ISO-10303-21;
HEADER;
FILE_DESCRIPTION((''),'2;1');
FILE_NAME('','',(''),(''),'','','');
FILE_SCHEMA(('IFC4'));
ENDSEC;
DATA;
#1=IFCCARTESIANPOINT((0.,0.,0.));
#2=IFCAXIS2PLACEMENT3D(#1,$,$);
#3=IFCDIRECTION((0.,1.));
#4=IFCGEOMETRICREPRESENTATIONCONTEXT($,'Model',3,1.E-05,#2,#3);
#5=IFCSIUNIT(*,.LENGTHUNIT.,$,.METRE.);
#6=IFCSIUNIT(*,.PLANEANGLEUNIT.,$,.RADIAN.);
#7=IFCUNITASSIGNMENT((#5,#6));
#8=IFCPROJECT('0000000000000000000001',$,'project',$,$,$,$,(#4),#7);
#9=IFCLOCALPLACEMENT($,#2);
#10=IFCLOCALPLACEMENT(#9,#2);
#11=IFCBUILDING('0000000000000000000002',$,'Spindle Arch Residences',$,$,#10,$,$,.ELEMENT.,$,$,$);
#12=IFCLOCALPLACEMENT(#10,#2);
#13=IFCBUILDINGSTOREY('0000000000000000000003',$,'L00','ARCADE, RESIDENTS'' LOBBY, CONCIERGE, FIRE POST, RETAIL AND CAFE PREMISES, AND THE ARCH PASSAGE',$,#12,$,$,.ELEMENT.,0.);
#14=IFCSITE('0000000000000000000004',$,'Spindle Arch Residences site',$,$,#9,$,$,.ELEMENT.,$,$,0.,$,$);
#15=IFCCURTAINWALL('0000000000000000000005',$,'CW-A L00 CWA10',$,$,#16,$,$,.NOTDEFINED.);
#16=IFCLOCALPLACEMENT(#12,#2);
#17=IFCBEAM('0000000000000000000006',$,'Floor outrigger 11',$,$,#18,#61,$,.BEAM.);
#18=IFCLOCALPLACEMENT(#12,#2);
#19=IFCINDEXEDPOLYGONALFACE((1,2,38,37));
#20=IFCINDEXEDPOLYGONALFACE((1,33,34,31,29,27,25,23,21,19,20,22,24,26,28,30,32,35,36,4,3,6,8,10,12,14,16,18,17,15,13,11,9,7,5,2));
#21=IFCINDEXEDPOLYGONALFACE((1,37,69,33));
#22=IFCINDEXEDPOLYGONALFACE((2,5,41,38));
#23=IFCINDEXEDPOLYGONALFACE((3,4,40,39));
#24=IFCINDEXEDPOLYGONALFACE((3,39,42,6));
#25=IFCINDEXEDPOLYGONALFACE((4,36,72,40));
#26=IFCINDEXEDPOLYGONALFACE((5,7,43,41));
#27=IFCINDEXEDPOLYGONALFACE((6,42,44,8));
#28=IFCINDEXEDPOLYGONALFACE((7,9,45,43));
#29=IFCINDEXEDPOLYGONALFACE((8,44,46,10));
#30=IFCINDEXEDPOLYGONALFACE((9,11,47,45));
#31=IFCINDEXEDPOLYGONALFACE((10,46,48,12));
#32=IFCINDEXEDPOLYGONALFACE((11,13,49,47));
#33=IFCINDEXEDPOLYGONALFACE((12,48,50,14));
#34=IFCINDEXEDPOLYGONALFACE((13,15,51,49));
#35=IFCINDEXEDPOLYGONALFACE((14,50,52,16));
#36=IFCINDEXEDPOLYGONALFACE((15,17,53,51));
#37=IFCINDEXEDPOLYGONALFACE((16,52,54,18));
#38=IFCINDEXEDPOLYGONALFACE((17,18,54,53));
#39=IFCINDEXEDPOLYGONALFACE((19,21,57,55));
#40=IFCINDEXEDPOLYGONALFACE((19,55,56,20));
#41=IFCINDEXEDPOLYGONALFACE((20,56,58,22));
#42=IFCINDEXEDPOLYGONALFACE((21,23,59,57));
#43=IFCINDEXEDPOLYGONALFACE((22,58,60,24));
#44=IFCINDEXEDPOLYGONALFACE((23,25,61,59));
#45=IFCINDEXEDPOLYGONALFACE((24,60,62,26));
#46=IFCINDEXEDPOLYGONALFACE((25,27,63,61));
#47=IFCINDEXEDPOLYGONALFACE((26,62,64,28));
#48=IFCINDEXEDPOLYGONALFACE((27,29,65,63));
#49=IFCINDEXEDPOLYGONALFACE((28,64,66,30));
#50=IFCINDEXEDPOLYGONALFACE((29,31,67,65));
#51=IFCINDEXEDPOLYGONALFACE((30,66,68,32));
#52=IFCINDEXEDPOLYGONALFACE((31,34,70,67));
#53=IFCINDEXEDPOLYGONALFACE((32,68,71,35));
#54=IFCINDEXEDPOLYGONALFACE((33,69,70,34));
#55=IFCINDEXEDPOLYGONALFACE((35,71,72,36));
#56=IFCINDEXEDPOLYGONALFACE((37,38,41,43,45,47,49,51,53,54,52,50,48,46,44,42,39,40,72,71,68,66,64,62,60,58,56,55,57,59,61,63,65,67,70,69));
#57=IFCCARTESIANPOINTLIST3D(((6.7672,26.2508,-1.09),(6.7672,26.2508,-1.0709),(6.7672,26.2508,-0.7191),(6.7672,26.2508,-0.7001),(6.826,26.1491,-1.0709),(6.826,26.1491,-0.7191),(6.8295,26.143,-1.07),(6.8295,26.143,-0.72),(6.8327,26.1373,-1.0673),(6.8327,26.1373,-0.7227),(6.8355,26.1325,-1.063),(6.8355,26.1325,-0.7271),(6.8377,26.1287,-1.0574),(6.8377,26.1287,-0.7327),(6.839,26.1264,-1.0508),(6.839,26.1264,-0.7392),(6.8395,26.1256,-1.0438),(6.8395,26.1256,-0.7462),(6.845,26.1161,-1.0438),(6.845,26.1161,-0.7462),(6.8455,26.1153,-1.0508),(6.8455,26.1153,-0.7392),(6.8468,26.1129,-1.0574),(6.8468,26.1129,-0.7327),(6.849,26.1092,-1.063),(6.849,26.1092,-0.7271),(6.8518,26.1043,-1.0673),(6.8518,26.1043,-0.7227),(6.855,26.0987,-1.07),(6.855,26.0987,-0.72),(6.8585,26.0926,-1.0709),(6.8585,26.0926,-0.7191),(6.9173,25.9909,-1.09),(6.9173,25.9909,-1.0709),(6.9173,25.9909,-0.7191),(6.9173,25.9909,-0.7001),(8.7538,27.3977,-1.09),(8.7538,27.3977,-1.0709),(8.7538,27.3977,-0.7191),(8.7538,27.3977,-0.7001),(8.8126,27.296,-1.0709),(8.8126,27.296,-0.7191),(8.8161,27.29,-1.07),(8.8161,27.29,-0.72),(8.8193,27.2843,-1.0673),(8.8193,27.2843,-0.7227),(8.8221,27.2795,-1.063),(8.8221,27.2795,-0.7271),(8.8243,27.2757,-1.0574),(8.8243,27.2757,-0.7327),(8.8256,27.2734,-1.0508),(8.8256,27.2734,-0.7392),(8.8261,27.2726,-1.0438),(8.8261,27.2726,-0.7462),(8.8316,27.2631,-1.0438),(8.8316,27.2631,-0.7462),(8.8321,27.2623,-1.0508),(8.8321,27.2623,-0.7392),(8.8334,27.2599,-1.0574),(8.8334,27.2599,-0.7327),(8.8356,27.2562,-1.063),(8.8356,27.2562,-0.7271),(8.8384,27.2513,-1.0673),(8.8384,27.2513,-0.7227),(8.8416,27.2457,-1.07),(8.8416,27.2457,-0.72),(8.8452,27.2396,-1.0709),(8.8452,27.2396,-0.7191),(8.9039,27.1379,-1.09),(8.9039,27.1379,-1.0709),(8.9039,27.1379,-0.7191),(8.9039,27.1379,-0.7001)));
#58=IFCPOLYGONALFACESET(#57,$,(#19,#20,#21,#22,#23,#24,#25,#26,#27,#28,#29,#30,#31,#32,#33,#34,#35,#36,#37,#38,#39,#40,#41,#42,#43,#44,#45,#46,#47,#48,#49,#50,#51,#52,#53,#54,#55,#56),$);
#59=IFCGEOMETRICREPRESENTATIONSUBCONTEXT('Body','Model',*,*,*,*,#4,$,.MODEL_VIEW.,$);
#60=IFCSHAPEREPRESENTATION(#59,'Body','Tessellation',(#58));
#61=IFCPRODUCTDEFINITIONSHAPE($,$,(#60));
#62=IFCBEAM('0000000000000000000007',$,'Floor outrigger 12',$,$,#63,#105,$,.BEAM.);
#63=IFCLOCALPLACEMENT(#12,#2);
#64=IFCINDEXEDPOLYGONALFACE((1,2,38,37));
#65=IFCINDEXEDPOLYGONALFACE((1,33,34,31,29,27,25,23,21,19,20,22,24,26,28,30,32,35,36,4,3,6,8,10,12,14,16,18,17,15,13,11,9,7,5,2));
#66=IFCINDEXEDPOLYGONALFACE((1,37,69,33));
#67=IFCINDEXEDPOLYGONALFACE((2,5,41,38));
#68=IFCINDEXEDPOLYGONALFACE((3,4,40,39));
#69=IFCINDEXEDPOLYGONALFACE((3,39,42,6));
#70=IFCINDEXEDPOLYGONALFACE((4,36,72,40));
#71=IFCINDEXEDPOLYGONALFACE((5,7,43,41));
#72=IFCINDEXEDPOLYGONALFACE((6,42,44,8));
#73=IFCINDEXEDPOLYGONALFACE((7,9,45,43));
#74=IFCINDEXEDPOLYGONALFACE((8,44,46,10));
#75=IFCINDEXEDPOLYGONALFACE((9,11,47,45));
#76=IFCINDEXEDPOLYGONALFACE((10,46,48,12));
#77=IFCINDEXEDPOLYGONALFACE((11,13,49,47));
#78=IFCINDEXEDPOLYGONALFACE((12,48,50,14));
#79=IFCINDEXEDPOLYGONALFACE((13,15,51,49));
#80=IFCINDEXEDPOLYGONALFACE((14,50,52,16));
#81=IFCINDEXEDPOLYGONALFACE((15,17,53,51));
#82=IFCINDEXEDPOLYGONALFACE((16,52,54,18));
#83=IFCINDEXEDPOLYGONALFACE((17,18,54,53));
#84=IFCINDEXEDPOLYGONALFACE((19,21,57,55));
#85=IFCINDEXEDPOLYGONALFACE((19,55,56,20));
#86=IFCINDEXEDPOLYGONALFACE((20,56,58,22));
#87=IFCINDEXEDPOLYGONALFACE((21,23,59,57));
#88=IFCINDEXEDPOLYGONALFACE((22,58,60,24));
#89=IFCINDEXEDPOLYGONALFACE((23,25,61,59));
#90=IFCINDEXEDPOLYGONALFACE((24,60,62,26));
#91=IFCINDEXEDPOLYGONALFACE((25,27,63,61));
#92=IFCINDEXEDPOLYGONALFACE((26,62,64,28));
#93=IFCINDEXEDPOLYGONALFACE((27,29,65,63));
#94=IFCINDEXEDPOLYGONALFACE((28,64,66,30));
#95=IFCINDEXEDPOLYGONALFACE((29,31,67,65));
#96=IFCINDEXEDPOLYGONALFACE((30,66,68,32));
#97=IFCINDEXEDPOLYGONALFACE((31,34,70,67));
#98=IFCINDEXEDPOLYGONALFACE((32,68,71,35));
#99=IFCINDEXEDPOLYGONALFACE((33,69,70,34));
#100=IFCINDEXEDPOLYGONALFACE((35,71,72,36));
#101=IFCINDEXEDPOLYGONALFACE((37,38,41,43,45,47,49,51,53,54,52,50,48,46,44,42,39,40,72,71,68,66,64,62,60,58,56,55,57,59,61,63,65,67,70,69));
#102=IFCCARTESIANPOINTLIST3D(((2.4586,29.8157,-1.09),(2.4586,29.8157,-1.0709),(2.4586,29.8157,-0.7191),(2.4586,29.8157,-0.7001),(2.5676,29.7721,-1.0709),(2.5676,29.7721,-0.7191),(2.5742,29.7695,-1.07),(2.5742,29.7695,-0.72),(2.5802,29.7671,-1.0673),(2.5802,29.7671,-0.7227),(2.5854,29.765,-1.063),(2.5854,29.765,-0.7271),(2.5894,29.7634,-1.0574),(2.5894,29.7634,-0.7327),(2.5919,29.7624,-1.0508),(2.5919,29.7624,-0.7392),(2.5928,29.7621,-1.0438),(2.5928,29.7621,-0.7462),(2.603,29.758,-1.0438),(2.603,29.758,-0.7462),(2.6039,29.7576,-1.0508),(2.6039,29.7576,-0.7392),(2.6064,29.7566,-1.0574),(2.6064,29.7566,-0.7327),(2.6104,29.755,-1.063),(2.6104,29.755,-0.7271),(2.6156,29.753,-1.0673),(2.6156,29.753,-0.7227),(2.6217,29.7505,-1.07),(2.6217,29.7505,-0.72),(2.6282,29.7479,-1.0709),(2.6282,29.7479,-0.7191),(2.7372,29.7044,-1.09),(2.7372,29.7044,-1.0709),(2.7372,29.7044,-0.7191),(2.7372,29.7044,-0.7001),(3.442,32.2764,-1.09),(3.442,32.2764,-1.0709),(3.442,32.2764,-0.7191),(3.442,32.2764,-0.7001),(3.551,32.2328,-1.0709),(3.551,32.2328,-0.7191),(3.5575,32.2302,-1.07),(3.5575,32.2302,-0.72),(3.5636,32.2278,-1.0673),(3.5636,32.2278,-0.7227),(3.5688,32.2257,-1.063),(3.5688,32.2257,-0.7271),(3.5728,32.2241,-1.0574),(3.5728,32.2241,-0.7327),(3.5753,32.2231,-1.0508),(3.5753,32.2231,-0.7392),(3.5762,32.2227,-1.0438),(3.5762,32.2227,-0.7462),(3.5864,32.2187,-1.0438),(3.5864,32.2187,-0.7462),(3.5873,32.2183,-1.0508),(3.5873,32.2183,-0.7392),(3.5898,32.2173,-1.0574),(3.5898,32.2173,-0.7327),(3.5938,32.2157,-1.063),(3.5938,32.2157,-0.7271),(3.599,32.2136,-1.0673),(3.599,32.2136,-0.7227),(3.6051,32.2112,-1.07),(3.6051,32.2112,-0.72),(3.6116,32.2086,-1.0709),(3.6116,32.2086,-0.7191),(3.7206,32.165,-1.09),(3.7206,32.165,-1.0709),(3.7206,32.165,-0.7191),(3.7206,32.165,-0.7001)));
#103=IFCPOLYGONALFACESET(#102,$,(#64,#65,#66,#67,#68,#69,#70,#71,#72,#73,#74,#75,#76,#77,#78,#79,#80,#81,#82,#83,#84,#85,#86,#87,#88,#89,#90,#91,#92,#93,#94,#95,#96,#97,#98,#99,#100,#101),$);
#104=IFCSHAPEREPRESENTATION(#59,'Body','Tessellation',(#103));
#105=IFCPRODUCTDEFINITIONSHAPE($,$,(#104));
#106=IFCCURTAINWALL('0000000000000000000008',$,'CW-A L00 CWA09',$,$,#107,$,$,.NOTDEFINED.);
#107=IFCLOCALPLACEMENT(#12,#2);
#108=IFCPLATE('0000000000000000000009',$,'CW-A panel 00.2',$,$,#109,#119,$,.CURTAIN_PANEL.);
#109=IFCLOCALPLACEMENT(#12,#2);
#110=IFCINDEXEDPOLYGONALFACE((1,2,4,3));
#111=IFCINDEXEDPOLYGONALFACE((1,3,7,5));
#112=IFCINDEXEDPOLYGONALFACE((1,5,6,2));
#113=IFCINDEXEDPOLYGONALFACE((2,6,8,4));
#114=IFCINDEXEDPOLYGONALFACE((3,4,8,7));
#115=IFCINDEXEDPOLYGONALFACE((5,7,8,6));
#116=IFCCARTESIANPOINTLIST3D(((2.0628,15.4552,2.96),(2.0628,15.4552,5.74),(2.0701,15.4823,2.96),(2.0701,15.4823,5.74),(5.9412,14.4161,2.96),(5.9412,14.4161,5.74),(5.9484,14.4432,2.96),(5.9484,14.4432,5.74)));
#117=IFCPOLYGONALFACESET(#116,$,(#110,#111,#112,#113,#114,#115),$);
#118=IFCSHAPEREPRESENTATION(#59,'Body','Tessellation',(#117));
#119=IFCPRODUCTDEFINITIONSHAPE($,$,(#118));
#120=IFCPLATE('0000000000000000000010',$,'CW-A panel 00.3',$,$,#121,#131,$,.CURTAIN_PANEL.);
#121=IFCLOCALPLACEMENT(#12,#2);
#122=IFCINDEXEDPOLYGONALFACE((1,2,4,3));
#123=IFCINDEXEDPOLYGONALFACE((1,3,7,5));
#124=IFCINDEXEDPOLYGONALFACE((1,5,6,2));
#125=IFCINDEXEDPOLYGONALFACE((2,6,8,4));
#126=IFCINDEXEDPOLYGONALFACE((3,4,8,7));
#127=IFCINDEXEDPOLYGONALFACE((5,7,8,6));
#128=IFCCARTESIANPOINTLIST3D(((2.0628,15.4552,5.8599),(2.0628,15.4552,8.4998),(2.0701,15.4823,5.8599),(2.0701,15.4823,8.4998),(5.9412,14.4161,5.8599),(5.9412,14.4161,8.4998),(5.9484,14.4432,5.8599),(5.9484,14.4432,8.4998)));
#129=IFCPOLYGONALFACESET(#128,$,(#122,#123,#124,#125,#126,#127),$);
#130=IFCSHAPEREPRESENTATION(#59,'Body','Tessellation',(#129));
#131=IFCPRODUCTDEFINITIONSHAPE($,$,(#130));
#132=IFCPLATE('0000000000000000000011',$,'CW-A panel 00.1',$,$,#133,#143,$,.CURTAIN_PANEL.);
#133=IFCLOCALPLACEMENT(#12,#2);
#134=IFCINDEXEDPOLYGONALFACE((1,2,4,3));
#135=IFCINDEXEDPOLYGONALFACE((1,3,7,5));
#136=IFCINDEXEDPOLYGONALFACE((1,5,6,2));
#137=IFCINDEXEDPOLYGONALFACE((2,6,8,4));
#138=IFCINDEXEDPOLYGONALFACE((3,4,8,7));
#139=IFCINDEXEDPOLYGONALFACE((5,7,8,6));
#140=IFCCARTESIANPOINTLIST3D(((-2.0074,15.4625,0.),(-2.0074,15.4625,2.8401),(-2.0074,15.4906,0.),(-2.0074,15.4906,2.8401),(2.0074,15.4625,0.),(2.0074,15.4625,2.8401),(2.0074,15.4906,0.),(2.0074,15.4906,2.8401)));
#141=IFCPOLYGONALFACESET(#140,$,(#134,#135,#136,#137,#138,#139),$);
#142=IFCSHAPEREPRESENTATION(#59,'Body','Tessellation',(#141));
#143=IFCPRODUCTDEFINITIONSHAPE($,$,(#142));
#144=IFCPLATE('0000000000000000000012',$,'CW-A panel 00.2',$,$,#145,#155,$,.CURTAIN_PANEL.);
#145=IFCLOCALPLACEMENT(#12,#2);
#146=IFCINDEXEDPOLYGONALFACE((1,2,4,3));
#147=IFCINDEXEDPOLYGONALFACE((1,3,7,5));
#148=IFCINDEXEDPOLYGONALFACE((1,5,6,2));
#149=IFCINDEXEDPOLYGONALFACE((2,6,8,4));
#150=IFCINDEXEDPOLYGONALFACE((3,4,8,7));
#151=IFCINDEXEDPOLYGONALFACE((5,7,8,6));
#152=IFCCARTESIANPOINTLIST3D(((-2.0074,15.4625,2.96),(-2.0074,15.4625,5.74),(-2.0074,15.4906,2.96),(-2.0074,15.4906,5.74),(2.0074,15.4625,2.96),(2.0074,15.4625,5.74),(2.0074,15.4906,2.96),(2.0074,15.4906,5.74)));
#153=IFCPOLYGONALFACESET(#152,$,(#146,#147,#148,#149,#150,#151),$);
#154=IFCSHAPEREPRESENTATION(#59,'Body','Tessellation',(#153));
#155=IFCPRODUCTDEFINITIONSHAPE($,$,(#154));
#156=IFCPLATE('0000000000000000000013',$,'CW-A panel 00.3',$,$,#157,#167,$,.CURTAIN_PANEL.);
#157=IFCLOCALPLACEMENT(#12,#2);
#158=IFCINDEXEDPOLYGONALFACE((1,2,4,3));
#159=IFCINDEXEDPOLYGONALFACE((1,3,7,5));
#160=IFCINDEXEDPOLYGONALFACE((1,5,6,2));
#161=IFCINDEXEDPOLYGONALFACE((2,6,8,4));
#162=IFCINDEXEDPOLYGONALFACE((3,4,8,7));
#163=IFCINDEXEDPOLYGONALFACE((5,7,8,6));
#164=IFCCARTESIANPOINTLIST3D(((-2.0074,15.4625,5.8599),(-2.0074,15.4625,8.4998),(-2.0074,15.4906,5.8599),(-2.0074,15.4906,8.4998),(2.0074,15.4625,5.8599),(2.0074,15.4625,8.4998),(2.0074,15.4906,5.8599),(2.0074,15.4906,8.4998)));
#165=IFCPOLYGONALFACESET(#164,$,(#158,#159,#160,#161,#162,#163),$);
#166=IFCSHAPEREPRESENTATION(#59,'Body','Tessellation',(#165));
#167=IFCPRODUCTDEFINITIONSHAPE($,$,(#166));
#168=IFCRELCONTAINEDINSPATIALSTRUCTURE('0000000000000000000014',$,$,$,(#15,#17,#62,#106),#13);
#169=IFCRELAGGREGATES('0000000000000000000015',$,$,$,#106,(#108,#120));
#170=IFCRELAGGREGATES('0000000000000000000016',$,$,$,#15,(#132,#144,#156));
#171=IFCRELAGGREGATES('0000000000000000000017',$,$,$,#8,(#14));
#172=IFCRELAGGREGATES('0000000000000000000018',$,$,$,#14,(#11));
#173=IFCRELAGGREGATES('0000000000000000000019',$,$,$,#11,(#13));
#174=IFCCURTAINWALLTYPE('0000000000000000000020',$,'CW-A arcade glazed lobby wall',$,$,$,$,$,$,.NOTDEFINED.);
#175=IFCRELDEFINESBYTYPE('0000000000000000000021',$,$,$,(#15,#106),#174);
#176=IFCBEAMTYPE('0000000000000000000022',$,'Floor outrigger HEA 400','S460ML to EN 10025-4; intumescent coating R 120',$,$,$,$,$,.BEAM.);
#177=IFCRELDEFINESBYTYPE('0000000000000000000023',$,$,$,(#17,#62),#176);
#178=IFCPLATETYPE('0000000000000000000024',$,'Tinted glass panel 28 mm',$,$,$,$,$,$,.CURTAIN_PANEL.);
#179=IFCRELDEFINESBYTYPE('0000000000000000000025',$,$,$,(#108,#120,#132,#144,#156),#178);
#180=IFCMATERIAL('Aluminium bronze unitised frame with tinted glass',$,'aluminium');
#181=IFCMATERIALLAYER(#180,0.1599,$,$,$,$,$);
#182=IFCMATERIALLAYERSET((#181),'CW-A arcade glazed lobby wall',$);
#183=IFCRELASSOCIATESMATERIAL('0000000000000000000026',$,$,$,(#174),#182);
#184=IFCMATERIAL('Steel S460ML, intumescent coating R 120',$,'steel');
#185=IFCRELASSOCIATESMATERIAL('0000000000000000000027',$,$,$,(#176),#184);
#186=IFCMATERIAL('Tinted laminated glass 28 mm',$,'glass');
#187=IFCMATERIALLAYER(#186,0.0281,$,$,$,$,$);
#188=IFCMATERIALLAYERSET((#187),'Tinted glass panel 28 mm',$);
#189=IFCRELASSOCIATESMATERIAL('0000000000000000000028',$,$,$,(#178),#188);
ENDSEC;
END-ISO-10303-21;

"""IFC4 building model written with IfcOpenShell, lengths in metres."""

from ifc_helpers import new_model, si_unit, direction, frame, origin, origin_2d, place, context, subcontext, project, spatial, rectangle, i_section, extrude, material, layer, layer_set, material_profile, profile_set, type_object, element, aggregate, save


model = new_model("IFC4")

# Units and contexts
model_context = context("Model", 3, precision=1e-05, world=origin(), true_north=direction((0.0, 1.0)))
body_context = subcontext(model_context, "Body", "Model", "MODEL_VIEW")
ifc_project = project(units=[si_unit("LENGTHUNIT", "METRE"), si_unit("PLANEANGLEUNIT", "RADIAN")], contexts=[model_context])

# Site, building, storey
site_placement = place(None, origin())
site = spatial("IfcSite", under=ifc_project, at=site_placement, Name="Spindle Arch Residences site", CompositionType="ELEMENT", RefElevation=0.0)
building_placement = place(site_placement, origin())
building = spatial("IfcBuilding", under=site, at=building_placement, Name="Spindle Arch Residences", CompositionType="ELEMENT")
storey_placement = place(building_placement, origin())
storey = spatial("IfcBuildingStorey", under=building, at=storey_placement, Name="L00", Description="ARCADE, RESIDENTS' LOBBY, CONCIERGE, FIRE POST, RETAIL AND CAFE PREMISES, AND THE ARCH PASSAGE", CompositionType="ELEMENT", Elevation=0.0)

# Curtain wall
ifc_material_1 = material(Name="Aluminium bronze unitised frame with tinted glass", Category="aluminium")
ifc_layer_1 = layer(ifc_material_1, 0.1599)
ifc_layer_set_1 = layer_set([ifc_layer_1], Name="CW-A arcade glazed lobby wall")
curtain_wall_type = type_object("IfcCurtainWallType", Name="CW-A arcade glazed lobby wall", PredefinedType="NOTDEFINED", material=ifc_layer_set_1)
curtain_wall_1_placement = place(storey_placement, origin())
curtain_wall_1 = element("IfcCurtainWall", 1, at=curtain_wall_1_placement, inside=storey, type_object=curtain_wall_type, Name="CW-A L00 CWA10", PredefinedType="NOTDEFINED")

# Beams
ifc_material_2 = material(Name="Steel S460ML, intumescent coating R 120", Category="steel")
ifc_material_profile_1 = material_profile(ifc_material_2, i_section(OverallWidth=0.3, OverallDepth=0.3899, WebThickness=0.011, FlangeThickness=0.019, FilletRadius=0.0271, at=origin_2d()), Name="HEA 400")
ifc_profile_set_1 = profile_set([ifc_material_profile_1], Name="Steel S460ML, intumescent coating R 120")
beam_type_1 = type_object("IfcBeamType", Name="Floor outrigger HEA 400", Description="S460ML to EN 10025-4; intumescent coating R 120", PredefinedType="BEAM", material=ifc_profile_set_1)
beam_1_placement = place(storey_placement, frame((8.8289, 27.2678, -0.895), z_axis=(-0.866021, -0.500008, 0.0), x_axis=(0.500008, -0.866021, 0.0)))
element("IfcBeam", 2, at=beam_1_placement, inside=storey, type_object=beam_type_1, Name="Floor outrigger 11", PredefinedType="BEAM", context=body_context, shape_type="SweptSolid", body=[
    extrude(i_section(OverallWidth=0.3, OverallDepth=0.3899, WebThickness=0.011, FlangeThickness=0.019, FilletRadius=0.0271, at=origin_2d()), origin(), (0.0, 0.0, 1.0), 2.2939),
])
beam_2_placement = place(storey_placement, frame((3.5813, 32.2207, -0.895), z_axis=(-0.371105, -0.928591, 0.0), x_axis=(0.928591, -0.371105, 0.0)))
element("IfcBeam", 3, at=beam_2_placement, inside=storey, type_object=beam_type_1, Name="Floor outrigger 12", PredefinedType="BEAM", context=body_context, shape_type="SweptSolid", body=[
    extrude(i_section(OverallWidth=0.3, OverallDepth=0.3899, WebThickness=0.011, FlangeThickness=0.019, FilletRadius=0.0271, at=origin_2d()), origin(), (0.0, 0.0, 1.0), 2.6499),
])

# Curtain wall, plates
curtain_wall_2_placement = place(storey_placement, origin())
curtain_wall_2 = element("IfcCurtainWall", 4, at=curtain_wall_2_placement, inside=storey, type_object=curtain_wall_type, Name="CW-A L00 CWA09", PredefinedType="NOTDEFINED")
ifc_material_3 = material(Name="Tinted laminated glass 28 mm", Category="glass")
ifc_layer_2 = layer(ifc_material_3, 0.0281)
ifc_layer_set_2 = layer_set([ifc_layer_2], Name="Tinted glass panel 28 mm")
plate_type = type_object("IfcPlateType", Name="Tinted glass panel 28 mm", PredefinedType="CURTAIN_PANEL", material=ifc_layer_set_2)
plate_1_placement = place(storey_placement, frame((4.0056, 14.9492, 2.96), z_axis=(0.0, 0.0, 1.0), x_axis=(-0.965935, 0.258786, 0.0)))
plate_1 = element("IfcPlate", 5, at=plate_1_placement, type_object=plate_type, Name="CW-A panel 00.2", PredefinedType="CURTAIN_PANEL", context=body_context, shape_type="SweptSolid", body=[
    extrude(rectangle(XDim=4.0151, YDim=0.0281, at=origin_2d()), origin(), (0.0, 0.0, 1.0), 2.78),
])
plate_2_placement = place(storey_placement, frame((4.0056, 14.9492, 5.8599), z_axis=(0.0, 0.0, 1.0), x_axis=(-0.965935, 0.258786, 0.0)))
plate_2 = element("IfcPlate", 6, at=plate_2_placement, type_object=plate_type, Name="CW-A panel 00.3", PredefinedType="CURTAIN_PANEL", context=body_context, shape_type="SweptSolid", body=[
    extrude(rectangle(XDim=4.0151, YDim=0.0281, at=origin_2d()), origin(), (0.0, 0.0, 1.0), 2.6399),
])
aggregate(curtain_wall_2, [plate_1, plate_2])

# Plates
plate_3_placement = place(storey_placement, frame((0.0, 15.4766, 0.0), z_axis=(0.0, 0.0, 1.0), x_axis=(-1.0, 0.0, 0.0)))
plate_3 = element("IfcPlate", 7, at=plate_3_placement, type_object=plate_type, Name="CW-A panel 00.1", PredefinedType="CURTAIN_PANEL", context=body_context, shape_type="SweptSolid", body=[
    extrude(rectangle(XDim=4.0149, YDim=0.0281, at=origin_2d()), origin(), (0.0, 0.0, 1.0), 2.8401),
])
plate_4_placement = place(storey_placement, frame((0.0, 15.4766, 2.96), z_axis=(0.0, 0.0, 1.0), x_axis=(-1.0, 0.0, 0.0)))
plate_4 = element("IfcPlate", 8, at=plate_4_placement, type_object=plate_type, Name="CW-A panel 00.2", PredefinedType="CURTAIN_PANEL", context=body_context, shape_type="SweptSolid", body=[
    extrude(rectangle(XDim=4.0149, YDim=0.0281, at=origin_2d()), origin(), (0.0, 0.0, 1.0), 2.78),
])
plate_5_placement = place(storey_placement, frame((0.0, 15.4766, 5.8599), z_axis=(0.0, 0.0, 1.0), x_axis=(-1.0, 0.0, 0.0)))
plate_5 = element("IfcPlate", 9, at=plate_5_placement, type_object=plate_type, Name="CW-A panel 00.3", PredefinedType="CURTAIN_PANEL", context=body_context, shape_type="SweptSolid", body=[
    extrude(rectangle(XDim=4.0149, YDim=0.0281, at=origin_2d()), origin(), (0.0, 0.0, 1.0), 2.6399),
])
aggregate(curtain_wall_1, [plate_3, plate_4, plate_5])

save(model, "model.ifc")
